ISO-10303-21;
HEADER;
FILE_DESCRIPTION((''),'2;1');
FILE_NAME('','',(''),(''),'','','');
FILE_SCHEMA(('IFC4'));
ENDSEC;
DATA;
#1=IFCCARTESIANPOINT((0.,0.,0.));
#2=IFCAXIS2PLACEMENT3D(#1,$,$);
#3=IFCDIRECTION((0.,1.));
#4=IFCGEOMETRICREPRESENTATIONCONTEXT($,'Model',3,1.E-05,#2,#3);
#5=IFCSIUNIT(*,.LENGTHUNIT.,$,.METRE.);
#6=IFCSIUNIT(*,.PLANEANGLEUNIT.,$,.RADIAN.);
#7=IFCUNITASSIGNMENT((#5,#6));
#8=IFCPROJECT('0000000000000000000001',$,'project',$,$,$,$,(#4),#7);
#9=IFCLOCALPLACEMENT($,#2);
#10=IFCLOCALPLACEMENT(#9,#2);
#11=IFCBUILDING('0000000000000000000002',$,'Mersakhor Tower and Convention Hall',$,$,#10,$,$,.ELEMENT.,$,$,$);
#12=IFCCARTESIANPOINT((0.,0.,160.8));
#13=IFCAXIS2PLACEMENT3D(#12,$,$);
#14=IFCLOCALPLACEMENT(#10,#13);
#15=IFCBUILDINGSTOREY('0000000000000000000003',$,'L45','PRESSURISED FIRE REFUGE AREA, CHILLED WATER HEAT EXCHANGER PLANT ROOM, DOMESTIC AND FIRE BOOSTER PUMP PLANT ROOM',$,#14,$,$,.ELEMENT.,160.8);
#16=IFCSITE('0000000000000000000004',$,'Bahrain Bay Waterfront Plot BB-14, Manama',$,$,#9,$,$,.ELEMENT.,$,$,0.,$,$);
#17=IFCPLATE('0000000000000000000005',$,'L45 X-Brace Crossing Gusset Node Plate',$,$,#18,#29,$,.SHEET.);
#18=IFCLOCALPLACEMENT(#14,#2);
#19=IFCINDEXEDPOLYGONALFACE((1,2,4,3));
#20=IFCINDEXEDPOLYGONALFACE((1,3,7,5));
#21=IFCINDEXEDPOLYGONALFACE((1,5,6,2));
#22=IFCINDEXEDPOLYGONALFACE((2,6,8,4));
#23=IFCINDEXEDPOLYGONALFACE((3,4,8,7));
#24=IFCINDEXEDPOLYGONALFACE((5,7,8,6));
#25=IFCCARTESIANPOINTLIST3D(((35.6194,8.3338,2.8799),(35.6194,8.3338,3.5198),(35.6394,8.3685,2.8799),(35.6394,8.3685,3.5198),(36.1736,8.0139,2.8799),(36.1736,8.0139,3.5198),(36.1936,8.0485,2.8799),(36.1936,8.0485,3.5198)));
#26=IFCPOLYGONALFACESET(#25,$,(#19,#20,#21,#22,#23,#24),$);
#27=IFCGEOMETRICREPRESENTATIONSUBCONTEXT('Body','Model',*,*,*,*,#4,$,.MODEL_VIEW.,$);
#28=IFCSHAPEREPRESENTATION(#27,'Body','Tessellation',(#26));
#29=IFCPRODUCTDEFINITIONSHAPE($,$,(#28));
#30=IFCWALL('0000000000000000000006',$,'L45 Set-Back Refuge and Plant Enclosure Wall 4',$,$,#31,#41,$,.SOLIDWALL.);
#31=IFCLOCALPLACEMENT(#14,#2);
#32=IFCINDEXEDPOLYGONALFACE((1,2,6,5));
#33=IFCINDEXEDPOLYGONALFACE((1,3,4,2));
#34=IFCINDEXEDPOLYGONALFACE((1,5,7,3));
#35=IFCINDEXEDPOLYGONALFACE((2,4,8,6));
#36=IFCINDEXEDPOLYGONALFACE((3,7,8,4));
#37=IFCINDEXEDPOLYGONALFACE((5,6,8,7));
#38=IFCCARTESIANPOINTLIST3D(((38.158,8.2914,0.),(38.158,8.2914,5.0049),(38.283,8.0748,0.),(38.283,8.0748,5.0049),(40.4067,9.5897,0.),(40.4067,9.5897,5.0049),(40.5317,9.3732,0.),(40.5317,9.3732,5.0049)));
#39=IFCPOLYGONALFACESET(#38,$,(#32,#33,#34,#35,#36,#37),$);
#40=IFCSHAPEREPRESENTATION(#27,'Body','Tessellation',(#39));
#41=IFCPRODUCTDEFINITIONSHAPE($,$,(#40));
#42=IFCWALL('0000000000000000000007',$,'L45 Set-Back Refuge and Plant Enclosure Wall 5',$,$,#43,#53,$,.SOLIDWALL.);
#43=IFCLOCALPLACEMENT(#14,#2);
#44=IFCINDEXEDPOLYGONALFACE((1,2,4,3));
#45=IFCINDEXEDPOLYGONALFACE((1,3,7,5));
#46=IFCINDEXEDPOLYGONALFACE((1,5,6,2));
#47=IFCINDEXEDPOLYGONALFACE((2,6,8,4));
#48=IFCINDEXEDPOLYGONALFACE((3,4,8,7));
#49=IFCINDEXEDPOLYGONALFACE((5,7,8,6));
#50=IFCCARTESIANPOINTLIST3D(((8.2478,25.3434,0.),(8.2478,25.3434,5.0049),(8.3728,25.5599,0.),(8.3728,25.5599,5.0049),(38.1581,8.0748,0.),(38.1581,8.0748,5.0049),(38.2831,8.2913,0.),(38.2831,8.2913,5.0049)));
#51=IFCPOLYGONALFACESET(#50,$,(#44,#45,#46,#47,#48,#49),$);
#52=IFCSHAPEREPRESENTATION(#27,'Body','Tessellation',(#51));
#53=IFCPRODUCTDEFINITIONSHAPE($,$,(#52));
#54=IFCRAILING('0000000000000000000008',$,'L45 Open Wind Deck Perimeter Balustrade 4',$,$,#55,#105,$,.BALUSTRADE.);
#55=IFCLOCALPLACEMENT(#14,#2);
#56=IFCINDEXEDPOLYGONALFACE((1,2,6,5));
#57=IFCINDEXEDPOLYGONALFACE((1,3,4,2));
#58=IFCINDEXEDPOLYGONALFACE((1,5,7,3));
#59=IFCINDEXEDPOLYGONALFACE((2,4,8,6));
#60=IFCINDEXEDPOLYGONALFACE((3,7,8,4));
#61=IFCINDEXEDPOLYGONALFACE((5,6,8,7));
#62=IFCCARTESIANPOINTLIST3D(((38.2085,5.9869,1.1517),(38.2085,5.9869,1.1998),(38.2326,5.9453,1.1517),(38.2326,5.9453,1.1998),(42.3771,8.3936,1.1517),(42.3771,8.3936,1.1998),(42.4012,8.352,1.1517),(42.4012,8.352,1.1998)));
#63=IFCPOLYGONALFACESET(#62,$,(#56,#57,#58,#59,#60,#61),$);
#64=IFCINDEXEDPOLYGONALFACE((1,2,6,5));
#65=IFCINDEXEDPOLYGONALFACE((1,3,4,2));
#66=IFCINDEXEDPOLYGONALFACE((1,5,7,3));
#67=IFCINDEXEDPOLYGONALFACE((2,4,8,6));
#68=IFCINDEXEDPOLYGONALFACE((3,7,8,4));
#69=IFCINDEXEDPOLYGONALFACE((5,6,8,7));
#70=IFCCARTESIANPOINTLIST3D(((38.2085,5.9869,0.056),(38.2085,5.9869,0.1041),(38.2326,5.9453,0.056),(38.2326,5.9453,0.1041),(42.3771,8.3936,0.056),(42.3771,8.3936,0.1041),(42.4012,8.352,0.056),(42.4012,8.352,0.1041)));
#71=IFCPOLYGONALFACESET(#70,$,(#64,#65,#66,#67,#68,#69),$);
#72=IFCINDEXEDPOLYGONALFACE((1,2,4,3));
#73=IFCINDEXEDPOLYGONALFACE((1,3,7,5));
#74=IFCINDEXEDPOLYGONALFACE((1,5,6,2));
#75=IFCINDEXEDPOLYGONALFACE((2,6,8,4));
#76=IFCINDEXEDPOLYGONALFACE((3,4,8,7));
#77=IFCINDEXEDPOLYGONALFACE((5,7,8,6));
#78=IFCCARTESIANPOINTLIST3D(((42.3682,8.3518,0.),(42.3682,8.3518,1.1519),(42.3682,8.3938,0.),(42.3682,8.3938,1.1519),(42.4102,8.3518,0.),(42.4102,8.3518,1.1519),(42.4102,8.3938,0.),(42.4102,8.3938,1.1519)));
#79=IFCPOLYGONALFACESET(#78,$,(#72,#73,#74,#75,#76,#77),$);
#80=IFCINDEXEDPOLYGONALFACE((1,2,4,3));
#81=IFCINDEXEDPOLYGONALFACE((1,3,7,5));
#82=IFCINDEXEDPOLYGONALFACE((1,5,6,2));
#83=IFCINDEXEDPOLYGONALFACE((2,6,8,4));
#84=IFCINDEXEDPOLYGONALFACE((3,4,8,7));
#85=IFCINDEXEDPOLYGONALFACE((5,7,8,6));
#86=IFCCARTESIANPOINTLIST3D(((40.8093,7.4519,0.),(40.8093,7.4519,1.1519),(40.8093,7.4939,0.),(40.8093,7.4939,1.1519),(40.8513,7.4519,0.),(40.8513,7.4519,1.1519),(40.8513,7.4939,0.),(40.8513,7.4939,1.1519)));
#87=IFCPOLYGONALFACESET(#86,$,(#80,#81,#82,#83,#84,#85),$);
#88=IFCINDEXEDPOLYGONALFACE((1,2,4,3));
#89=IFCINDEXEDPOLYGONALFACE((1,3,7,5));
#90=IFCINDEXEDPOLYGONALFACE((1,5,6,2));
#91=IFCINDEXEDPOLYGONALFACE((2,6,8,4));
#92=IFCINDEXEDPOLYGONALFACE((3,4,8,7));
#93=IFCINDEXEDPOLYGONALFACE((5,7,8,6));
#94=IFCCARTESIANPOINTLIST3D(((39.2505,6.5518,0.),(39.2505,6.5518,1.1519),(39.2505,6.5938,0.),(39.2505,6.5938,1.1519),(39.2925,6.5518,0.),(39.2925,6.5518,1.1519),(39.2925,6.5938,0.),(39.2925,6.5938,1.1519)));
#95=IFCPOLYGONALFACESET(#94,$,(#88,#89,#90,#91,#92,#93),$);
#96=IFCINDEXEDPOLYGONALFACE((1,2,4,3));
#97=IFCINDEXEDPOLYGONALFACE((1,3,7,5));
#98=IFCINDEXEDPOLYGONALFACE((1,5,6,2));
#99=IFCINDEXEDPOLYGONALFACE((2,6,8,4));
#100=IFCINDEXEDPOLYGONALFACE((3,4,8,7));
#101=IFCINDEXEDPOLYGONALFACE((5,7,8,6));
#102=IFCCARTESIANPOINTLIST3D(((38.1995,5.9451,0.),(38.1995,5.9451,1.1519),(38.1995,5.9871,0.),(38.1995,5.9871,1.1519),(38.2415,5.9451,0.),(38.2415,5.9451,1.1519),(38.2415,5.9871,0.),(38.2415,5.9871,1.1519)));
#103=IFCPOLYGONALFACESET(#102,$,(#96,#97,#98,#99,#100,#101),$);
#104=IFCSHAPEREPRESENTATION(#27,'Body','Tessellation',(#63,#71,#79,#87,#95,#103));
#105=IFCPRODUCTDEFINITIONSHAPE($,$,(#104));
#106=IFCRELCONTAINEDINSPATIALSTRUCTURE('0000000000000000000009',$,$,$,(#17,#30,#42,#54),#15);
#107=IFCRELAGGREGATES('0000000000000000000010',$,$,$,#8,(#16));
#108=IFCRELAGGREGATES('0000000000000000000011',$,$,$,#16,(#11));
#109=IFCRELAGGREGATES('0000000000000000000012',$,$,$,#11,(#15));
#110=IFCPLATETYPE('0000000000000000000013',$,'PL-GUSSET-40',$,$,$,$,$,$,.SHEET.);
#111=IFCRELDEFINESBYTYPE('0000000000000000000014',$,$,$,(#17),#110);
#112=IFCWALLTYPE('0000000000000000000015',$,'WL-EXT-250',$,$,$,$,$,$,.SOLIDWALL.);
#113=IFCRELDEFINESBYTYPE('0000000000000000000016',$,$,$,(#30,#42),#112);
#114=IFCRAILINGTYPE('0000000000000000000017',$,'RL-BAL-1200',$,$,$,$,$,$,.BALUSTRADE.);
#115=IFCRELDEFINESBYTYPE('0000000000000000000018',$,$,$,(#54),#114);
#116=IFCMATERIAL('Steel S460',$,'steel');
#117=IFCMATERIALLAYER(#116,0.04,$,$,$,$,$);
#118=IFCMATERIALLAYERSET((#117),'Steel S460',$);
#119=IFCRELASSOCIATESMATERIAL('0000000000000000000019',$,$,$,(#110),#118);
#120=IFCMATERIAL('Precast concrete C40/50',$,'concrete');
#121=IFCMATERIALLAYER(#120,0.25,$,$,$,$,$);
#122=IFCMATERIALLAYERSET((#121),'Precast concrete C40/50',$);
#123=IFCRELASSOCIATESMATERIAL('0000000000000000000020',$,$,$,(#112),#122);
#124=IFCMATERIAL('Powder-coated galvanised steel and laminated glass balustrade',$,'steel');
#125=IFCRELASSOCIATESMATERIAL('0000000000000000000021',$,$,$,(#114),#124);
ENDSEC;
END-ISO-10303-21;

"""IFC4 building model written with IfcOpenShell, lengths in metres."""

from ifc_helpers import new_model, si_unit, direction, frame, frame_2d, origin, origin_2d, place, context, subcontext, project, spatial, rectangle, extrude, material, layer, layer_set, type_object, element, save


model = new_model("IFC4")

# Units and contexts
model_context = context("Model", 3, precision=1e-05, world=origin(), true_north=direction((0.0, 1.0)))
body_context = subcontext(model_context, "Body", "Model", "MODEL_VIEW")
ifc_project = project(units=[si_unit("LENGTHUNIT", "METRE"), si_unit("PLANEANGLEUNIT", "RADIAN")], contexts=[model_context])

# Site, building, storey
site_placement = place(None, origin())
site = spatial("IfcSite", under=ifc_project, at=site_placement, Name="Bahrain Bay Waterfront Plot BB-14, Manama", CompositionType="ELEMENT", RefElevation=0.0)
building_placement = place(site_placement, origin())
building = spatial("IfcBuilding", under=site, at=building_placement, Name="Mersakhor Tower and Convention Hall", CompositionType="ELEMENT")
storey_placement = place(building_placement, frame((0.0, 0.0, 160.8)))
storey = spatial("IfcBuildingStorey", under=building, at=storey_placement, Name="L45", Description="PRESSURISED FIRE REFUGE AREA, CHILLED WATER HEAT EXCHANGER PLANT ROOM, DOMESTIC AND FIRE BOOSTER PUMP PLANT ROOM", CompositionType="ELEMENT", Elevation=160.8)

# Plate
ifc_material_1 = material(Name="Steel S460", Category="steel")
ifc_layer_1 = layer(ifc_material_1, 0.04)
ifc_layer_set_1 = layer_set([ifc_layer_1], Name="Steel S460")
plate_type_1 = type_object("IfcPlateType", Name="PL-GUSSET-40", PredefinedType="SHEET", material=ifc_layer_set_1)
for number, where, z_axis, x_axis, name in (
    (1, (35.9065, 8.1912, 2.8799), (0.0, 0.0, 1.0), (0.866025, -0.5, 0.0), "L45 X-Brace Crossing Gusset Node Plate"),
):
    element("IfcPlate", number, at=place(storey_placement, frame(where, z_axis=z_axis, x_axis=x_axis)), inside=storey, type_object=plate_type_1, Name=name, PredefinedType="SHEET", context=body_context, shape_type="SweptSolid", body=[
        extrude(rectangle(XDim=0.6399, YDim=0.04, at=origin_2d()), origin(), (0.0, 0.0, 1.0), 0.6399),
    ])

# Walls
ifc_material_2 = material(Name="Precast concrete C40/50", Category="concrete")
ifc_layer_2 = layer(ifc_material_2, 0.25)
ifc_layer_set_2 = layer_set([ifc_layer_2], Name="Precast concrete C40/50")
wall_type = type_object("IfcWallType", Name="WL-EXT-250", PredefinedType="SOLIDWALL", material=ifc_layer_set_2)
wall_1_placement = place(storey_placement, frame((40.4692, 9.4814, 0.0), z_axis=(0.0, 0.0, 1.0), x_axis=(-0.866024, -0.500002, 0.0)))
element("IfcWall", 2, at=wall_1_placement, inside=storey, type_object=wall_type, Name="L45 Set-Back Refuge and Plant Enclosure Wall 4", PredefinedType="SOLIDWALL", context=body_context, shape_type="SweptSolid", body=[
    extrude(rectangle(XDim=2.5967, YDim=0.25, at=frame_2d((1.2983, 0.0))), origin(), (0.0, 0.0, 1.0), 5.0049),
])
wall_2_placement = place(storey_placement, frame((38.2205, 8.1831, 0.0), z_axis=(0.0, 0.0, 1.0), x_axis=(-0.866026, 0.499998, 0.0)))
element("IfcWall", 3, at=wall_2_placement, inside=storey, type_object=wall_type, Name="L45 Set-Back Refuge and Plant Enclosure Wall 5", PredefinedType="SOLIDWALL", context=body_context, shape_type="SweptSolid", body=[
    extrude(rectangle(XDim=34.5374, YDim=0.25, at=frame_2d((17.2686, 0.0))), origin(), (0.0, 0.0, 1.0), 5.0049),
])

# Railing
ifc_material_3 = material(Name="Powder-coated galvanised steel and laminated glass balustrade", Category="steel")
railing_type = type_object("IfcRailingType", Name="RL-BAL-1200", PredefinedType="BALUSTRADE", material=ifc_material_3)
railing_1_placement = place(storey_placement, frame((42.3892, 8.3728, 0.0)))
element("IfcRailing", 4, at=railing_1_placement, inside=storey, type_object=railing_type, Name="L45 Open Wind Deck Perimeter Balustrade 4", PredefinedType="BALUSTRADE", context=body_context, shape_type="SweptSolid", body=[
    extrude(rectangle(XDim=0.0481, YDim=0.0481, at=origin_2d()), frame((0.0, 0.0, 1.1758), z_axis=(-0.866031, -0.49999, 0.0), x_axis=(0.49999, -0.866031, 0.0)), (0.0, 0.0, 1.0), 4.8135),
    extrude(rectangle(XDim=0.0481, YDim=0.0481, at=origin_2d()), frame((0.0, 0.0, 0.0801), z_axis=(-0.866031, -0.49999, 0.0), x_axis=(0.49999, -0.866031, 0.0)), (0.0, 0.0, 1.0), 4.8135),
    extrude(rectangle(XDim=0.042, YDim=0.042, at=origin_2d()), origin(), (0.0, 0.0, 1.0), 1.1519),
    extrude(rectangle(XDim=0.042, YDim=0.042, at=origin_2d()), frame((-1.5588, -0.8999, 0.0)), (0.0, 0.0, 1.0), 1.1519),
    extrude(rectangle(XDim=0.042, YDim=0.042, at=origin_2d()), frame((-3.1177, -1.8, 0.0)), (0.0, 0.0, 1.0), 1.1519),
    extrude(rectangle(XDim=0.042, YDim=0.042, at=origin_2d()), frame((-4.1687, -2.4067, 0.0)), (0.0, 0.0, 1.0), 1.1519),
])

save(model, "model.ifc")
